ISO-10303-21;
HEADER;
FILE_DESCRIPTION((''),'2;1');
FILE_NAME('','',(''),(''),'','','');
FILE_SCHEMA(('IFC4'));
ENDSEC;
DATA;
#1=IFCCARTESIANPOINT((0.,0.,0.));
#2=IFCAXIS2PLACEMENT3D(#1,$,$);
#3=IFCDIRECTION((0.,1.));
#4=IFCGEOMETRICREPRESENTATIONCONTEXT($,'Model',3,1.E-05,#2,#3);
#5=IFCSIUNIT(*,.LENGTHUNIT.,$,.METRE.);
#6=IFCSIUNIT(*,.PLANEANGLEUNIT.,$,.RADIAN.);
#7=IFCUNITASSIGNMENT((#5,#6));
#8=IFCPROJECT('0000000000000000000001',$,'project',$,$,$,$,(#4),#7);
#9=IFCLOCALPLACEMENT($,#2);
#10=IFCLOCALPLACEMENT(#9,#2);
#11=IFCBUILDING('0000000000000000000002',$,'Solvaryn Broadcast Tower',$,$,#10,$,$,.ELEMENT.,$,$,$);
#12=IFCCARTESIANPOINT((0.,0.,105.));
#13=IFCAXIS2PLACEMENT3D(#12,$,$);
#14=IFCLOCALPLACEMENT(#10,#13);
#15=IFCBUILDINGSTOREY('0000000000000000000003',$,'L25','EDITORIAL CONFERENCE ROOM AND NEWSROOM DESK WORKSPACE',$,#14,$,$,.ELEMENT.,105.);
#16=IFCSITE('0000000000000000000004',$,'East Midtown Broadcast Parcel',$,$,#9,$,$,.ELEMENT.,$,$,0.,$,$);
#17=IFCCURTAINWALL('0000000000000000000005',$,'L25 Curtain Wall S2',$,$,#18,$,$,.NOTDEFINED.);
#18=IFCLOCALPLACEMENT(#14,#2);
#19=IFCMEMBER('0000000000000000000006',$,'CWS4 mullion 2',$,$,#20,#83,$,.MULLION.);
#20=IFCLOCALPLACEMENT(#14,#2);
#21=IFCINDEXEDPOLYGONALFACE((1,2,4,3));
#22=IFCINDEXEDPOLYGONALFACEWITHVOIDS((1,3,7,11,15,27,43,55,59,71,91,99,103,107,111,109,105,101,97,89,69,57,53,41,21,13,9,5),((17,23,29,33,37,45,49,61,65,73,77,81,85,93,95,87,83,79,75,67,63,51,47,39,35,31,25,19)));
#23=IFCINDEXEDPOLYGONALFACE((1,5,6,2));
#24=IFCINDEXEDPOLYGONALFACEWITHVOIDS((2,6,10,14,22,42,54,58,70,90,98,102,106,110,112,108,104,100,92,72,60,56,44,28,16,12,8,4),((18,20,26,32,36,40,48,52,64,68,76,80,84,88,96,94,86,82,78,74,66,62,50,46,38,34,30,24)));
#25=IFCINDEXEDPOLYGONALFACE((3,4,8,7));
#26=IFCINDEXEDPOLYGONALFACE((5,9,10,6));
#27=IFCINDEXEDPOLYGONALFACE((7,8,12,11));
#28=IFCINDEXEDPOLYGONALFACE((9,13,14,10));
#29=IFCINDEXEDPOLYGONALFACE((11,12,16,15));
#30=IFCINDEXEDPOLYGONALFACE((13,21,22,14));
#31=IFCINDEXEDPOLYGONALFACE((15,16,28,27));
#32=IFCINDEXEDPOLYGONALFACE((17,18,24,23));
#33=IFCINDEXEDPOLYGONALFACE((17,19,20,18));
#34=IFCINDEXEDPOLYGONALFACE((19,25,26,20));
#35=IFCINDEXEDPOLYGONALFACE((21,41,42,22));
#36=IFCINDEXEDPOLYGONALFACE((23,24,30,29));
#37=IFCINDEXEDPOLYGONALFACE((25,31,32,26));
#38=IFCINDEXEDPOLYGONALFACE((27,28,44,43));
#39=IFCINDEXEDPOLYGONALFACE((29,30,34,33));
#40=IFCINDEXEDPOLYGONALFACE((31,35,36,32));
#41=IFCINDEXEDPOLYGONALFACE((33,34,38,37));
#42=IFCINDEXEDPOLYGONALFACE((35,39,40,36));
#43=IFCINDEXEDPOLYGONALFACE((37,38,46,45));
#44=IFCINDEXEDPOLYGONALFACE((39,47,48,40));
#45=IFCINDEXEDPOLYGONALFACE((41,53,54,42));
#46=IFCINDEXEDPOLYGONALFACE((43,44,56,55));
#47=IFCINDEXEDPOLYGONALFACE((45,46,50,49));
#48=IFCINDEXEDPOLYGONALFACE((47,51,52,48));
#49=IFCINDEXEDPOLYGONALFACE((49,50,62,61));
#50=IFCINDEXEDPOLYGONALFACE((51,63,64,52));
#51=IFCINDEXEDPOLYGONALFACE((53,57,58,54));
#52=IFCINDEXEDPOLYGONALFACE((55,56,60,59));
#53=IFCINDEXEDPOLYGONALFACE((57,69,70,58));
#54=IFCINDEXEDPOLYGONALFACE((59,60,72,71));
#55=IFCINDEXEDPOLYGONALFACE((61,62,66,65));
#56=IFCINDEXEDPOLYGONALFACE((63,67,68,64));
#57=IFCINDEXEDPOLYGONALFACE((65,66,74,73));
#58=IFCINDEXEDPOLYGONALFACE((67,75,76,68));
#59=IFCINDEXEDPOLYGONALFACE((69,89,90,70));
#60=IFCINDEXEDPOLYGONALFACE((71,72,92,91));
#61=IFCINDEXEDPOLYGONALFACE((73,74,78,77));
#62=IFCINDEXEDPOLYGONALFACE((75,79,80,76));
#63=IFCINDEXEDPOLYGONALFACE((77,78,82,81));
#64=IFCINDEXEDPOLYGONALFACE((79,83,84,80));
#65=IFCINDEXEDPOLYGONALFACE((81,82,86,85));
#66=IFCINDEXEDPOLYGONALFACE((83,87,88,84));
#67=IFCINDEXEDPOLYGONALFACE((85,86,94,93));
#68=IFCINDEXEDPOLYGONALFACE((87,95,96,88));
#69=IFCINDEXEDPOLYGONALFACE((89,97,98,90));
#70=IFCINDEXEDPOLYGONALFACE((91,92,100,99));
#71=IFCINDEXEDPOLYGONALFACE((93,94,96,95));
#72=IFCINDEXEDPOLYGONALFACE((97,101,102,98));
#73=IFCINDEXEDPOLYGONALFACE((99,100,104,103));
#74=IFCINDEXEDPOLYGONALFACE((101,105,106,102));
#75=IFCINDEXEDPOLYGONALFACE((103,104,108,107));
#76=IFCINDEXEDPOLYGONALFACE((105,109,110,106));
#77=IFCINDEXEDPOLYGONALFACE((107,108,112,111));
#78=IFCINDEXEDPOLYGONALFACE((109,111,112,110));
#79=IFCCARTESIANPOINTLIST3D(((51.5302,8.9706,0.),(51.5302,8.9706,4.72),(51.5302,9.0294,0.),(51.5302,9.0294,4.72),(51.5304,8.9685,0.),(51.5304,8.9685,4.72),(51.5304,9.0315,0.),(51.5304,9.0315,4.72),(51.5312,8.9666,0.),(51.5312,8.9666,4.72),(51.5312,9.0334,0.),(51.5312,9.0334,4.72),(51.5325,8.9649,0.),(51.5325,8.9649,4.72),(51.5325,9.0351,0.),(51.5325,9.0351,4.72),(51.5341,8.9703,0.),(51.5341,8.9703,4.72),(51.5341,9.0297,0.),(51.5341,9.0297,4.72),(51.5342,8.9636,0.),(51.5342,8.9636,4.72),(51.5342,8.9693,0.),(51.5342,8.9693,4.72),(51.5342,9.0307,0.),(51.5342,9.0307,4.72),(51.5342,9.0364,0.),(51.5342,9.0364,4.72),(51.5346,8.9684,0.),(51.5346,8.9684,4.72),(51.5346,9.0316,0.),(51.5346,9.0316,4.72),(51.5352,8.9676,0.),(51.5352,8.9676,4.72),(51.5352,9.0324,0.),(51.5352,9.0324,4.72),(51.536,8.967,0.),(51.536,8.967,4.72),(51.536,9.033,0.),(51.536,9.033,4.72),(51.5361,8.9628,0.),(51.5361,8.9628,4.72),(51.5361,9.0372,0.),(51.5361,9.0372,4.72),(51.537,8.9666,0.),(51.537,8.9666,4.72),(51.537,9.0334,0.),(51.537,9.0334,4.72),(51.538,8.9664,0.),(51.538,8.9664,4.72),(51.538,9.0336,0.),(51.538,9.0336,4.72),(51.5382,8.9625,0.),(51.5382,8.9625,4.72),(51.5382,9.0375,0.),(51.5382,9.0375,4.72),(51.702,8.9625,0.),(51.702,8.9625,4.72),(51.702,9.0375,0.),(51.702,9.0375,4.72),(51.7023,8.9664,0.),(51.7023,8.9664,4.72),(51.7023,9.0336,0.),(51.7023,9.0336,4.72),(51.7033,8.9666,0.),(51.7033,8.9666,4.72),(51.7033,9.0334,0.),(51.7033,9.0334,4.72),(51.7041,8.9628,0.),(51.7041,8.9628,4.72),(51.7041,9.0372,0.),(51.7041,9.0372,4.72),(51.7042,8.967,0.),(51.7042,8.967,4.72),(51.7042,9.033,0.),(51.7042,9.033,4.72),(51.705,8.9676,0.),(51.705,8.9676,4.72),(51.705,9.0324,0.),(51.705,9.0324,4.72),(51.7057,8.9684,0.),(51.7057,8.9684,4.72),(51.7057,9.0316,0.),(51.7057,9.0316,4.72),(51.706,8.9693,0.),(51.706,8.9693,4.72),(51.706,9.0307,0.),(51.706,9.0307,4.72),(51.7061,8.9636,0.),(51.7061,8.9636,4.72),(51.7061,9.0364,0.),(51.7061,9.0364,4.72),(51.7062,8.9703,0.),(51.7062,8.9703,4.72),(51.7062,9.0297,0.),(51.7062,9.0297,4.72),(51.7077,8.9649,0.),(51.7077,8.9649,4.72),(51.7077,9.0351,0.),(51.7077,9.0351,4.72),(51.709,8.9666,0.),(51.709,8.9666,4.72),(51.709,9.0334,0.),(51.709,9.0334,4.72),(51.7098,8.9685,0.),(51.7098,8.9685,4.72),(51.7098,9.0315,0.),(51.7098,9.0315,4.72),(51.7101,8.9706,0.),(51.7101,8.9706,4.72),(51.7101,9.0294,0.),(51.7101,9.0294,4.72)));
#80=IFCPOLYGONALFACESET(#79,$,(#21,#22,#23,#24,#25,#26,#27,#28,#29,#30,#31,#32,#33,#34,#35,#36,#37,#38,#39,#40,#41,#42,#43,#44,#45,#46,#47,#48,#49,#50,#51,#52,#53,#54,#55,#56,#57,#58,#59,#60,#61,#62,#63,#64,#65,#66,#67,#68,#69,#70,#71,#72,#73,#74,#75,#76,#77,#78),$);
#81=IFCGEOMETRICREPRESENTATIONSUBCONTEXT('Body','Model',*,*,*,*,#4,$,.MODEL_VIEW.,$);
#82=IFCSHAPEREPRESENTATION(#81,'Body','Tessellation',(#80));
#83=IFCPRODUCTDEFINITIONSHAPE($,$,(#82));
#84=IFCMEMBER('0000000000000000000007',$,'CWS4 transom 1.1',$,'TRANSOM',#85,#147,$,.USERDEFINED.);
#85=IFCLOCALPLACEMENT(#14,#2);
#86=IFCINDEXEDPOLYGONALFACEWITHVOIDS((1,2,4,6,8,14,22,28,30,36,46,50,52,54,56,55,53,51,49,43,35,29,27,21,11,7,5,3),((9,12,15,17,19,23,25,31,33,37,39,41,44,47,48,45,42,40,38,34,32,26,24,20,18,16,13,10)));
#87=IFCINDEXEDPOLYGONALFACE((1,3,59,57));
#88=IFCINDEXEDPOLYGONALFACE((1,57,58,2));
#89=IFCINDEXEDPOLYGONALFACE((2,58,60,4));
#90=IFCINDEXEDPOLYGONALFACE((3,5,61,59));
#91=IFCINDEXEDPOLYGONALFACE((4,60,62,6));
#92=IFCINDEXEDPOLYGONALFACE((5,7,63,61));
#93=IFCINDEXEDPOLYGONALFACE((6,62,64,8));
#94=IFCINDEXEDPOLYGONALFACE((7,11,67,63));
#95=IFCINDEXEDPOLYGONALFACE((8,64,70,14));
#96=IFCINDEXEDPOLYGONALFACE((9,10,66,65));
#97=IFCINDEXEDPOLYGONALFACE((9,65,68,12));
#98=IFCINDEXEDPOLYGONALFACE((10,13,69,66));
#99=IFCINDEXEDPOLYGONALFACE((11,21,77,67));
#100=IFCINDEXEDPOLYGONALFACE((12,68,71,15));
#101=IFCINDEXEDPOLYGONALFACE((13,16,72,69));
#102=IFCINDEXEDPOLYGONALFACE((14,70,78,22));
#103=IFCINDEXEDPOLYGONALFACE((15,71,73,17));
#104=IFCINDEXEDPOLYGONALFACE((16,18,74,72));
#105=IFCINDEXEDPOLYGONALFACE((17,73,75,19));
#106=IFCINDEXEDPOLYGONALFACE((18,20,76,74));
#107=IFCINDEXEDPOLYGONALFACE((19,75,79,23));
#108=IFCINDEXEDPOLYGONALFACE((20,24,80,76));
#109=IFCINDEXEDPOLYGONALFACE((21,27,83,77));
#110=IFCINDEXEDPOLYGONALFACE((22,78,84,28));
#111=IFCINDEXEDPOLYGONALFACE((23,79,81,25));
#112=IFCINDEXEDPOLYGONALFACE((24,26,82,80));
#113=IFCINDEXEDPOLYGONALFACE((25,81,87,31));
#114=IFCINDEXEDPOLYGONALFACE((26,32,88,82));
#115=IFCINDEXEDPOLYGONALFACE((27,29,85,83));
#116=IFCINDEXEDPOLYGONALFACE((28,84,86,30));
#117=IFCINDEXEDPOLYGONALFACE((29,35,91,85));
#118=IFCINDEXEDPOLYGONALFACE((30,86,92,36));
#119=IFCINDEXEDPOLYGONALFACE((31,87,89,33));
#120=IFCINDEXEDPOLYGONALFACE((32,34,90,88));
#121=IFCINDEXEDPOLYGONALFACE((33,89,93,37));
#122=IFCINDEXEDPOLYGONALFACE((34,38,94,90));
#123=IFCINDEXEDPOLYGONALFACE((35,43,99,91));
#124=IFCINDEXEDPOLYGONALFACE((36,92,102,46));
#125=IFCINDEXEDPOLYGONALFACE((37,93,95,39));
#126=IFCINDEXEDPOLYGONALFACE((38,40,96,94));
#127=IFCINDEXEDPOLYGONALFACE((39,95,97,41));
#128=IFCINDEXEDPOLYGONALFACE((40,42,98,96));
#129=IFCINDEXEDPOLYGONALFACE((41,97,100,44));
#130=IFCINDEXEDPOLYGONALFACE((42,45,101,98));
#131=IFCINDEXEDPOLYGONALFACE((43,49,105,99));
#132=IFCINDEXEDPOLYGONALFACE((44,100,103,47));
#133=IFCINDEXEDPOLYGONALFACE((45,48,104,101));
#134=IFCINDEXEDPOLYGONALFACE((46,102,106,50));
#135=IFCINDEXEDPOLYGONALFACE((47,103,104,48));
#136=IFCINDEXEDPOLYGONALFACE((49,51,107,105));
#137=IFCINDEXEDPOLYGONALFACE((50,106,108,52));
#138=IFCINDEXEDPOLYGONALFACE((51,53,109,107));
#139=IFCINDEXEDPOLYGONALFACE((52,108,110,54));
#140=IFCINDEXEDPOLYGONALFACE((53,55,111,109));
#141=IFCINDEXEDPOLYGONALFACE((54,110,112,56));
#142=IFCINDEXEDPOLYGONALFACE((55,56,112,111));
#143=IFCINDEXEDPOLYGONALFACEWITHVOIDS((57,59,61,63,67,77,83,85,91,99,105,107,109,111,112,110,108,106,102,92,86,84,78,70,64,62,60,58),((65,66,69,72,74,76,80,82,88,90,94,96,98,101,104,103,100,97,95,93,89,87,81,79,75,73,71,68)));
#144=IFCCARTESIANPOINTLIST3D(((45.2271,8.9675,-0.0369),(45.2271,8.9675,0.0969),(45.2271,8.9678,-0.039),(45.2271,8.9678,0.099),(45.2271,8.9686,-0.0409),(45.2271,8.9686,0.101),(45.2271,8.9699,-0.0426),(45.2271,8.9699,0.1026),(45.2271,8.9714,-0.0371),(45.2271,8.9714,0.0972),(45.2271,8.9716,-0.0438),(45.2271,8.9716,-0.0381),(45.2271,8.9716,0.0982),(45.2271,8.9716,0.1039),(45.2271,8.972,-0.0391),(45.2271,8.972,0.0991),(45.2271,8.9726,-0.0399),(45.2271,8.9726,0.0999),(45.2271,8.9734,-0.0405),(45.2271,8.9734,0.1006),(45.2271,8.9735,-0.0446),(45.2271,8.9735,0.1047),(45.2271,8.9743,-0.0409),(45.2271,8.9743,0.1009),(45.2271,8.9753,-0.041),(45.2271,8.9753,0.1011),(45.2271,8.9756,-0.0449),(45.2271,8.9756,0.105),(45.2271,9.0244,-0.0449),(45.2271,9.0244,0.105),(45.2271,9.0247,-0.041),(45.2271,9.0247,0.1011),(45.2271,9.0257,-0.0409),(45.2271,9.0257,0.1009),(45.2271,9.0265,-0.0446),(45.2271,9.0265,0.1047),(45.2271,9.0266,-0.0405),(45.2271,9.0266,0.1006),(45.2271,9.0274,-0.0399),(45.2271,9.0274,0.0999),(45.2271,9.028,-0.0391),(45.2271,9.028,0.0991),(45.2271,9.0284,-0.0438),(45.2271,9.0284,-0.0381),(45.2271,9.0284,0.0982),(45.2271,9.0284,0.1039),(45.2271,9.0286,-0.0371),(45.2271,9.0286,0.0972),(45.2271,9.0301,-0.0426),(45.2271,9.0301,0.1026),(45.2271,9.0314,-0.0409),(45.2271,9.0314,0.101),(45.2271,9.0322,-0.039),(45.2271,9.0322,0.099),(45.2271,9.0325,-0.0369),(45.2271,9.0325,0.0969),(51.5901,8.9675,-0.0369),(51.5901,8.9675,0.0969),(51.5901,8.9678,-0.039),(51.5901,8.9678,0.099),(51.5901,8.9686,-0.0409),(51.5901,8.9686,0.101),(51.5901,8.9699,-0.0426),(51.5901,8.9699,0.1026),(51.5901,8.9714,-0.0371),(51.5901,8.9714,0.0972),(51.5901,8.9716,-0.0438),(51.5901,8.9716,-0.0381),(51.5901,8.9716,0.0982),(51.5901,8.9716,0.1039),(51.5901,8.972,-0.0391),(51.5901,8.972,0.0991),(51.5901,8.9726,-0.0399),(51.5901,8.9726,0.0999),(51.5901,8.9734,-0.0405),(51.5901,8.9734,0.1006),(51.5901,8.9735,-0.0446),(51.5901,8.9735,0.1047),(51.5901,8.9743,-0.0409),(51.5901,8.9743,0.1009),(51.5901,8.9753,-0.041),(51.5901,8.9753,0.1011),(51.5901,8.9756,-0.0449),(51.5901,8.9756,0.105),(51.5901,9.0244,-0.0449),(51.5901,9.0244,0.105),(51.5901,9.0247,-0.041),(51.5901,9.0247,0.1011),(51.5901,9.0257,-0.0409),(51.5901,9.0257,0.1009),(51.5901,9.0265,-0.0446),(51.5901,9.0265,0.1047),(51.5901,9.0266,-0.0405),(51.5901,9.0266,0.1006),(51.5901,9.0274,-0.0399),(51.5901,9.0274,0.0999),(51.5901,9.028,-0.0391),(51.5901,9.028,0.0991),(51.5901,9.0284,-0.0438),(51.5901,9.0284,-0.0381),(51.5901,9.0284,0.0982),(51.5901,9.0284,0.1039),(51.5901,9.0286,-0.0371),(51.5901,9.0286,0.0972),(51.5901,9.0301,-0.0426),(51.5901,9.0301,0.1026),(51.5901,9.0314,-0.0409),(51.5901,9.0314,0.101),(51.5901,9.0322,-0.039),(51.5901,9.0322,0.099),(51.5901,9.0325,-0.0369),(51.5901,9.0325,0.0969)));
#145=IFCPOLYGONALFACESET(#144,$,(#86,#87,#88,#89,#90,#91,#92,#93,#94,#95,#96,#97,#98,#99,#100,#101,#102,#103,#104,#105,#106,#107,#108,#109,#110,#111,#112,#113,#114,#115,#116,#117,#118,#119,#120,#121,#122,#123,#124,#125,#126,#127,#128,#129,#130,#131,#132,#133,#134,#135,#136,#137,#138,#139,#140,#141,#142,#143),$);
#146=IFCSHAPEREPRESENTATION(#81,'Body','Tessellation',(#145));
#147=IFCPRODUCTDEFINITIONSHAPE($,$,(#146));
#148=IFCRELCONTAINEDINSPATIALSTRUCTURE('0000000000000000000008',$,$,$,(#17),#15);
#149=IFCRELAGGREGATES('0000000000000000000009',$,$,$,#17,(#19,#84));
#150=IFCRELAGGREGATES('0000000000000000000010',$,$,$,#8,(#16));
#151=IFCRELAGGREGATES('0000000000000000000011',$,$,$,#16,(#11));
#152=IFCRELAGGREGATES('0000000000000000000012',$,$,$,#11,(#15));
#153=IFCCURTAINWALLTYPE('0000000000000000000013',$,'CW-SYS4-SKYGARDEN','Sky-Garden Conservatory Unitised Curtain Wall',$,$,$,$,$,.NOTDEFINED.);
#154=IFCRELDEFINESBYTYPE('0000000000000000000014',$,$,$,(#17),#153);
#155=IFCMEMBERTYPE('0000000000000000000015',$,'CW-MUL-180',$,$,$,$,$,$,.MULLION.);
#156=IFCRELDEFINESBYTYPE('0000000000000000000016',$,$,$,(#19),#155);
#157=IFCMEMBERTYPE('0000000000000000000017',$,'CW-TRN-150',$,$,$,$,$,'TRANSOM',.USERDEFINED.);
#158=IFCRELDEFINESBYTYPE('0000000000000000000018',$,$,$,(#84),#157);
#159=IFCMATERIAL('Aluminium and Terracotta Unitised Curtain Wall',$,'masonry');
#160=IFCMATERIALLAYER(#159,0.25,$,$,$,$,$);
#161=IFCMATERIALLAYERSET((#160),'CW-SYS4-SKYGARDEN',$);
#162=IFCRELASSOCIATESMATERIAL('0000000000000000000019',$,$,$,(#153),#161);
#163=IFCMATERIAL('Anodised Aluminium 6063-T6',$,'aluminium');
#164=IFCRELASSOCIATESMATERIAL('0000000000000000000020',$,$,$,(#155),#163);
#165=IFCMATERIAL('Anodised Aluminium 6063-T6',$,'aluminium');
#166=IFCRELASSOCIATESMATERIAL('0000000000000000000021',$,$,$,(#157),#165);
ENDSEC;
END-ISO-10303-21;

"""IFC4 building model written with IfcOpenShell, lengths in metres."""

from ifc_helpers import new_model, si_unit, direction, frame, origin, origin_2d, place, context, subcontext, project, spatial, hollow_rectangle, extrude, material, layer, layer_set, material_profile, profile_set, type_object, element, aggregate, save


model = new_model("IFC4")

# Units and contexts
model_context = context("Model", 3, precision=1e-05, world=origin(), true_north=direction((0.0, 1.0)))
body_context = subcontext(model_context, "Body", "Model", "MODEL_VIEW")
ifc_project = project(units=[si_unit("LENGTHUNIT", "METRE"), si_unit("PLANEANGLEUNIT", "RADIAN")], contexts=[model_context])

# Site, building, storey
site_placement = place(None, origin())
site = spatial("IfcSite", under=ifc_project, at=site_placement, Name="East Midtown Broadcast Parcel", CompositionType="ELEMENT", RefElevation=0.0)
building_placement = place(site_placement, origin())
building = spatial("IfcBuilding", under=site, at=building_placement, Name="Solvaryn Broadcast Tower", CompositionType="ELEMENT")
storey_placement = place(building_placement, frame((0.0, 0.0, 105.0)))
storey = spatial("IfcBuildingStorey", under=building, at=storey_placement, Name="L25", Description="EDITORIAL CONFERENCE ROOM AND NEWSROOM DESK WORKSPACE", CompositionType="ELEMENT", Elevation=105.0)

# Curtain wall, members
ifc_material_1 = material(Name="Aluminium and Terracotta Unitised Curtain Wall", Category="masonry")
ifc_layer_1 = layer(ifc_material_1, 0.25)
ifc_layer_set_1 = layer_set([ifc_layer_1], Name="CW-SYS4-SKYGARDEN")
curtain_wall_type = type_object("IfcCurtainWallType", Name="CW-SYS4-SKYGARDEN", Description="Sky-Garden Conservatory Unitised Curtain Wall", PredefinedType="NOTDEFINED", material=ifc_layer_set_1)
curtain_wall_placement = place(storey_placement, origin())
curtain_wall = element("IfcCurtainWall", 1, at=curtain_wall_placement, inside=storey, type_object=curtain_wall_type, Name="L25 Curtain Wall S2", PredefinedType="NOTDEFINED")
ifc_material_2 = material(Name="Anodised Aluminium 6063-T6", Category="aluminium")
ifc_material_profile_1 = material_profile(ifc_material_2, hollow_rectangle(XDim=0.075, YDim=0.1799, WallThickness=0.0039, InnerFilletRadius=0.0039, OuterFilletRadius=0.0081, at=origin_2d()))
ifc_profile_set_1 = profile_set([ifc_material_profile_1], Name="Anodised Aluminium 6063-T6")
member_type_1 = type_object("IfcMemberType", Name="CW-MUL-180", PredefinedType="MULLION", material=ifc_profile_set_1)
member_1_placement = place(storey_placement, frame((51.6201, 9.0, 0.0), z_axis=(0.0, 0.0, 1.0), x_axis=(0.0, 1.0, 0.0)))
member_1 = element("IfcMember", 2, at=member_1_placement, type_object=member_type_1, Name="CWS4 mullion 2", PredefinedType="MULLION", context=body_context, shape_type="SweptSolid", body=[
    extrude(hollow_rectangle(XDim=0.075, YDim=0.1799, WallThickness=0.0039, InnerFilletRadius=0.0039, OuterFilletRadius=0.0081, at=origin_2d()), origin(), (0.0, 0.0, 1.0), 4.72),
])
ifc_material_3 = material(Name="Anodised Aluminium 6063-T6", Category="aluminium")
ifc_material_profile_2 = material_profile(ifc_material_3, hollow_rectangle(XDim=0.0649, YDim=0.1499, WallThickness=0.0039, InnerFilletRadius=0.0039, OuterFilletRadius=0.0081, at=origin_2d()))
ifc_profile_set_2 = profile_set([ifc_material_profile_2], Name="Anodised Aluminium 6063-T6")
member_type_2 = type_object("IfcMemberType", Name="CW-TRN-150", ElementType="TRANSOM", PredefinedType="USERDEFINED", material=ifc_profile_set_2)
member_2_placement = place(storey_placement, frame((45.2271, 9.0, 0.03), z_axis=(1.0, 0.0, 0.0), x_axis=(0.0, 1.0, 0.0)))
member_2 = element("IfcMember", 3, at=member_2_placement, type_object=member_type_2, Name="CWS4 transom 1.1", ObjectType="TRANSOM", PredefinedType="USERDEFINED", context=body_context, shape_type="SweptSolid", body=[
    extrude(hollow_rectangle(XDim=0.0649, YDim=0.1499, WallThickness=0.0039, InnerFilletRadius=0.0039, OuterFilletRadius=0.0081, at=origin_2d()), origin(), (0.0, 0.0, 1.0), 6.363),
])
aggregate(curtain_wall, [member_1, member_2])

save(model, "model.ifc")
